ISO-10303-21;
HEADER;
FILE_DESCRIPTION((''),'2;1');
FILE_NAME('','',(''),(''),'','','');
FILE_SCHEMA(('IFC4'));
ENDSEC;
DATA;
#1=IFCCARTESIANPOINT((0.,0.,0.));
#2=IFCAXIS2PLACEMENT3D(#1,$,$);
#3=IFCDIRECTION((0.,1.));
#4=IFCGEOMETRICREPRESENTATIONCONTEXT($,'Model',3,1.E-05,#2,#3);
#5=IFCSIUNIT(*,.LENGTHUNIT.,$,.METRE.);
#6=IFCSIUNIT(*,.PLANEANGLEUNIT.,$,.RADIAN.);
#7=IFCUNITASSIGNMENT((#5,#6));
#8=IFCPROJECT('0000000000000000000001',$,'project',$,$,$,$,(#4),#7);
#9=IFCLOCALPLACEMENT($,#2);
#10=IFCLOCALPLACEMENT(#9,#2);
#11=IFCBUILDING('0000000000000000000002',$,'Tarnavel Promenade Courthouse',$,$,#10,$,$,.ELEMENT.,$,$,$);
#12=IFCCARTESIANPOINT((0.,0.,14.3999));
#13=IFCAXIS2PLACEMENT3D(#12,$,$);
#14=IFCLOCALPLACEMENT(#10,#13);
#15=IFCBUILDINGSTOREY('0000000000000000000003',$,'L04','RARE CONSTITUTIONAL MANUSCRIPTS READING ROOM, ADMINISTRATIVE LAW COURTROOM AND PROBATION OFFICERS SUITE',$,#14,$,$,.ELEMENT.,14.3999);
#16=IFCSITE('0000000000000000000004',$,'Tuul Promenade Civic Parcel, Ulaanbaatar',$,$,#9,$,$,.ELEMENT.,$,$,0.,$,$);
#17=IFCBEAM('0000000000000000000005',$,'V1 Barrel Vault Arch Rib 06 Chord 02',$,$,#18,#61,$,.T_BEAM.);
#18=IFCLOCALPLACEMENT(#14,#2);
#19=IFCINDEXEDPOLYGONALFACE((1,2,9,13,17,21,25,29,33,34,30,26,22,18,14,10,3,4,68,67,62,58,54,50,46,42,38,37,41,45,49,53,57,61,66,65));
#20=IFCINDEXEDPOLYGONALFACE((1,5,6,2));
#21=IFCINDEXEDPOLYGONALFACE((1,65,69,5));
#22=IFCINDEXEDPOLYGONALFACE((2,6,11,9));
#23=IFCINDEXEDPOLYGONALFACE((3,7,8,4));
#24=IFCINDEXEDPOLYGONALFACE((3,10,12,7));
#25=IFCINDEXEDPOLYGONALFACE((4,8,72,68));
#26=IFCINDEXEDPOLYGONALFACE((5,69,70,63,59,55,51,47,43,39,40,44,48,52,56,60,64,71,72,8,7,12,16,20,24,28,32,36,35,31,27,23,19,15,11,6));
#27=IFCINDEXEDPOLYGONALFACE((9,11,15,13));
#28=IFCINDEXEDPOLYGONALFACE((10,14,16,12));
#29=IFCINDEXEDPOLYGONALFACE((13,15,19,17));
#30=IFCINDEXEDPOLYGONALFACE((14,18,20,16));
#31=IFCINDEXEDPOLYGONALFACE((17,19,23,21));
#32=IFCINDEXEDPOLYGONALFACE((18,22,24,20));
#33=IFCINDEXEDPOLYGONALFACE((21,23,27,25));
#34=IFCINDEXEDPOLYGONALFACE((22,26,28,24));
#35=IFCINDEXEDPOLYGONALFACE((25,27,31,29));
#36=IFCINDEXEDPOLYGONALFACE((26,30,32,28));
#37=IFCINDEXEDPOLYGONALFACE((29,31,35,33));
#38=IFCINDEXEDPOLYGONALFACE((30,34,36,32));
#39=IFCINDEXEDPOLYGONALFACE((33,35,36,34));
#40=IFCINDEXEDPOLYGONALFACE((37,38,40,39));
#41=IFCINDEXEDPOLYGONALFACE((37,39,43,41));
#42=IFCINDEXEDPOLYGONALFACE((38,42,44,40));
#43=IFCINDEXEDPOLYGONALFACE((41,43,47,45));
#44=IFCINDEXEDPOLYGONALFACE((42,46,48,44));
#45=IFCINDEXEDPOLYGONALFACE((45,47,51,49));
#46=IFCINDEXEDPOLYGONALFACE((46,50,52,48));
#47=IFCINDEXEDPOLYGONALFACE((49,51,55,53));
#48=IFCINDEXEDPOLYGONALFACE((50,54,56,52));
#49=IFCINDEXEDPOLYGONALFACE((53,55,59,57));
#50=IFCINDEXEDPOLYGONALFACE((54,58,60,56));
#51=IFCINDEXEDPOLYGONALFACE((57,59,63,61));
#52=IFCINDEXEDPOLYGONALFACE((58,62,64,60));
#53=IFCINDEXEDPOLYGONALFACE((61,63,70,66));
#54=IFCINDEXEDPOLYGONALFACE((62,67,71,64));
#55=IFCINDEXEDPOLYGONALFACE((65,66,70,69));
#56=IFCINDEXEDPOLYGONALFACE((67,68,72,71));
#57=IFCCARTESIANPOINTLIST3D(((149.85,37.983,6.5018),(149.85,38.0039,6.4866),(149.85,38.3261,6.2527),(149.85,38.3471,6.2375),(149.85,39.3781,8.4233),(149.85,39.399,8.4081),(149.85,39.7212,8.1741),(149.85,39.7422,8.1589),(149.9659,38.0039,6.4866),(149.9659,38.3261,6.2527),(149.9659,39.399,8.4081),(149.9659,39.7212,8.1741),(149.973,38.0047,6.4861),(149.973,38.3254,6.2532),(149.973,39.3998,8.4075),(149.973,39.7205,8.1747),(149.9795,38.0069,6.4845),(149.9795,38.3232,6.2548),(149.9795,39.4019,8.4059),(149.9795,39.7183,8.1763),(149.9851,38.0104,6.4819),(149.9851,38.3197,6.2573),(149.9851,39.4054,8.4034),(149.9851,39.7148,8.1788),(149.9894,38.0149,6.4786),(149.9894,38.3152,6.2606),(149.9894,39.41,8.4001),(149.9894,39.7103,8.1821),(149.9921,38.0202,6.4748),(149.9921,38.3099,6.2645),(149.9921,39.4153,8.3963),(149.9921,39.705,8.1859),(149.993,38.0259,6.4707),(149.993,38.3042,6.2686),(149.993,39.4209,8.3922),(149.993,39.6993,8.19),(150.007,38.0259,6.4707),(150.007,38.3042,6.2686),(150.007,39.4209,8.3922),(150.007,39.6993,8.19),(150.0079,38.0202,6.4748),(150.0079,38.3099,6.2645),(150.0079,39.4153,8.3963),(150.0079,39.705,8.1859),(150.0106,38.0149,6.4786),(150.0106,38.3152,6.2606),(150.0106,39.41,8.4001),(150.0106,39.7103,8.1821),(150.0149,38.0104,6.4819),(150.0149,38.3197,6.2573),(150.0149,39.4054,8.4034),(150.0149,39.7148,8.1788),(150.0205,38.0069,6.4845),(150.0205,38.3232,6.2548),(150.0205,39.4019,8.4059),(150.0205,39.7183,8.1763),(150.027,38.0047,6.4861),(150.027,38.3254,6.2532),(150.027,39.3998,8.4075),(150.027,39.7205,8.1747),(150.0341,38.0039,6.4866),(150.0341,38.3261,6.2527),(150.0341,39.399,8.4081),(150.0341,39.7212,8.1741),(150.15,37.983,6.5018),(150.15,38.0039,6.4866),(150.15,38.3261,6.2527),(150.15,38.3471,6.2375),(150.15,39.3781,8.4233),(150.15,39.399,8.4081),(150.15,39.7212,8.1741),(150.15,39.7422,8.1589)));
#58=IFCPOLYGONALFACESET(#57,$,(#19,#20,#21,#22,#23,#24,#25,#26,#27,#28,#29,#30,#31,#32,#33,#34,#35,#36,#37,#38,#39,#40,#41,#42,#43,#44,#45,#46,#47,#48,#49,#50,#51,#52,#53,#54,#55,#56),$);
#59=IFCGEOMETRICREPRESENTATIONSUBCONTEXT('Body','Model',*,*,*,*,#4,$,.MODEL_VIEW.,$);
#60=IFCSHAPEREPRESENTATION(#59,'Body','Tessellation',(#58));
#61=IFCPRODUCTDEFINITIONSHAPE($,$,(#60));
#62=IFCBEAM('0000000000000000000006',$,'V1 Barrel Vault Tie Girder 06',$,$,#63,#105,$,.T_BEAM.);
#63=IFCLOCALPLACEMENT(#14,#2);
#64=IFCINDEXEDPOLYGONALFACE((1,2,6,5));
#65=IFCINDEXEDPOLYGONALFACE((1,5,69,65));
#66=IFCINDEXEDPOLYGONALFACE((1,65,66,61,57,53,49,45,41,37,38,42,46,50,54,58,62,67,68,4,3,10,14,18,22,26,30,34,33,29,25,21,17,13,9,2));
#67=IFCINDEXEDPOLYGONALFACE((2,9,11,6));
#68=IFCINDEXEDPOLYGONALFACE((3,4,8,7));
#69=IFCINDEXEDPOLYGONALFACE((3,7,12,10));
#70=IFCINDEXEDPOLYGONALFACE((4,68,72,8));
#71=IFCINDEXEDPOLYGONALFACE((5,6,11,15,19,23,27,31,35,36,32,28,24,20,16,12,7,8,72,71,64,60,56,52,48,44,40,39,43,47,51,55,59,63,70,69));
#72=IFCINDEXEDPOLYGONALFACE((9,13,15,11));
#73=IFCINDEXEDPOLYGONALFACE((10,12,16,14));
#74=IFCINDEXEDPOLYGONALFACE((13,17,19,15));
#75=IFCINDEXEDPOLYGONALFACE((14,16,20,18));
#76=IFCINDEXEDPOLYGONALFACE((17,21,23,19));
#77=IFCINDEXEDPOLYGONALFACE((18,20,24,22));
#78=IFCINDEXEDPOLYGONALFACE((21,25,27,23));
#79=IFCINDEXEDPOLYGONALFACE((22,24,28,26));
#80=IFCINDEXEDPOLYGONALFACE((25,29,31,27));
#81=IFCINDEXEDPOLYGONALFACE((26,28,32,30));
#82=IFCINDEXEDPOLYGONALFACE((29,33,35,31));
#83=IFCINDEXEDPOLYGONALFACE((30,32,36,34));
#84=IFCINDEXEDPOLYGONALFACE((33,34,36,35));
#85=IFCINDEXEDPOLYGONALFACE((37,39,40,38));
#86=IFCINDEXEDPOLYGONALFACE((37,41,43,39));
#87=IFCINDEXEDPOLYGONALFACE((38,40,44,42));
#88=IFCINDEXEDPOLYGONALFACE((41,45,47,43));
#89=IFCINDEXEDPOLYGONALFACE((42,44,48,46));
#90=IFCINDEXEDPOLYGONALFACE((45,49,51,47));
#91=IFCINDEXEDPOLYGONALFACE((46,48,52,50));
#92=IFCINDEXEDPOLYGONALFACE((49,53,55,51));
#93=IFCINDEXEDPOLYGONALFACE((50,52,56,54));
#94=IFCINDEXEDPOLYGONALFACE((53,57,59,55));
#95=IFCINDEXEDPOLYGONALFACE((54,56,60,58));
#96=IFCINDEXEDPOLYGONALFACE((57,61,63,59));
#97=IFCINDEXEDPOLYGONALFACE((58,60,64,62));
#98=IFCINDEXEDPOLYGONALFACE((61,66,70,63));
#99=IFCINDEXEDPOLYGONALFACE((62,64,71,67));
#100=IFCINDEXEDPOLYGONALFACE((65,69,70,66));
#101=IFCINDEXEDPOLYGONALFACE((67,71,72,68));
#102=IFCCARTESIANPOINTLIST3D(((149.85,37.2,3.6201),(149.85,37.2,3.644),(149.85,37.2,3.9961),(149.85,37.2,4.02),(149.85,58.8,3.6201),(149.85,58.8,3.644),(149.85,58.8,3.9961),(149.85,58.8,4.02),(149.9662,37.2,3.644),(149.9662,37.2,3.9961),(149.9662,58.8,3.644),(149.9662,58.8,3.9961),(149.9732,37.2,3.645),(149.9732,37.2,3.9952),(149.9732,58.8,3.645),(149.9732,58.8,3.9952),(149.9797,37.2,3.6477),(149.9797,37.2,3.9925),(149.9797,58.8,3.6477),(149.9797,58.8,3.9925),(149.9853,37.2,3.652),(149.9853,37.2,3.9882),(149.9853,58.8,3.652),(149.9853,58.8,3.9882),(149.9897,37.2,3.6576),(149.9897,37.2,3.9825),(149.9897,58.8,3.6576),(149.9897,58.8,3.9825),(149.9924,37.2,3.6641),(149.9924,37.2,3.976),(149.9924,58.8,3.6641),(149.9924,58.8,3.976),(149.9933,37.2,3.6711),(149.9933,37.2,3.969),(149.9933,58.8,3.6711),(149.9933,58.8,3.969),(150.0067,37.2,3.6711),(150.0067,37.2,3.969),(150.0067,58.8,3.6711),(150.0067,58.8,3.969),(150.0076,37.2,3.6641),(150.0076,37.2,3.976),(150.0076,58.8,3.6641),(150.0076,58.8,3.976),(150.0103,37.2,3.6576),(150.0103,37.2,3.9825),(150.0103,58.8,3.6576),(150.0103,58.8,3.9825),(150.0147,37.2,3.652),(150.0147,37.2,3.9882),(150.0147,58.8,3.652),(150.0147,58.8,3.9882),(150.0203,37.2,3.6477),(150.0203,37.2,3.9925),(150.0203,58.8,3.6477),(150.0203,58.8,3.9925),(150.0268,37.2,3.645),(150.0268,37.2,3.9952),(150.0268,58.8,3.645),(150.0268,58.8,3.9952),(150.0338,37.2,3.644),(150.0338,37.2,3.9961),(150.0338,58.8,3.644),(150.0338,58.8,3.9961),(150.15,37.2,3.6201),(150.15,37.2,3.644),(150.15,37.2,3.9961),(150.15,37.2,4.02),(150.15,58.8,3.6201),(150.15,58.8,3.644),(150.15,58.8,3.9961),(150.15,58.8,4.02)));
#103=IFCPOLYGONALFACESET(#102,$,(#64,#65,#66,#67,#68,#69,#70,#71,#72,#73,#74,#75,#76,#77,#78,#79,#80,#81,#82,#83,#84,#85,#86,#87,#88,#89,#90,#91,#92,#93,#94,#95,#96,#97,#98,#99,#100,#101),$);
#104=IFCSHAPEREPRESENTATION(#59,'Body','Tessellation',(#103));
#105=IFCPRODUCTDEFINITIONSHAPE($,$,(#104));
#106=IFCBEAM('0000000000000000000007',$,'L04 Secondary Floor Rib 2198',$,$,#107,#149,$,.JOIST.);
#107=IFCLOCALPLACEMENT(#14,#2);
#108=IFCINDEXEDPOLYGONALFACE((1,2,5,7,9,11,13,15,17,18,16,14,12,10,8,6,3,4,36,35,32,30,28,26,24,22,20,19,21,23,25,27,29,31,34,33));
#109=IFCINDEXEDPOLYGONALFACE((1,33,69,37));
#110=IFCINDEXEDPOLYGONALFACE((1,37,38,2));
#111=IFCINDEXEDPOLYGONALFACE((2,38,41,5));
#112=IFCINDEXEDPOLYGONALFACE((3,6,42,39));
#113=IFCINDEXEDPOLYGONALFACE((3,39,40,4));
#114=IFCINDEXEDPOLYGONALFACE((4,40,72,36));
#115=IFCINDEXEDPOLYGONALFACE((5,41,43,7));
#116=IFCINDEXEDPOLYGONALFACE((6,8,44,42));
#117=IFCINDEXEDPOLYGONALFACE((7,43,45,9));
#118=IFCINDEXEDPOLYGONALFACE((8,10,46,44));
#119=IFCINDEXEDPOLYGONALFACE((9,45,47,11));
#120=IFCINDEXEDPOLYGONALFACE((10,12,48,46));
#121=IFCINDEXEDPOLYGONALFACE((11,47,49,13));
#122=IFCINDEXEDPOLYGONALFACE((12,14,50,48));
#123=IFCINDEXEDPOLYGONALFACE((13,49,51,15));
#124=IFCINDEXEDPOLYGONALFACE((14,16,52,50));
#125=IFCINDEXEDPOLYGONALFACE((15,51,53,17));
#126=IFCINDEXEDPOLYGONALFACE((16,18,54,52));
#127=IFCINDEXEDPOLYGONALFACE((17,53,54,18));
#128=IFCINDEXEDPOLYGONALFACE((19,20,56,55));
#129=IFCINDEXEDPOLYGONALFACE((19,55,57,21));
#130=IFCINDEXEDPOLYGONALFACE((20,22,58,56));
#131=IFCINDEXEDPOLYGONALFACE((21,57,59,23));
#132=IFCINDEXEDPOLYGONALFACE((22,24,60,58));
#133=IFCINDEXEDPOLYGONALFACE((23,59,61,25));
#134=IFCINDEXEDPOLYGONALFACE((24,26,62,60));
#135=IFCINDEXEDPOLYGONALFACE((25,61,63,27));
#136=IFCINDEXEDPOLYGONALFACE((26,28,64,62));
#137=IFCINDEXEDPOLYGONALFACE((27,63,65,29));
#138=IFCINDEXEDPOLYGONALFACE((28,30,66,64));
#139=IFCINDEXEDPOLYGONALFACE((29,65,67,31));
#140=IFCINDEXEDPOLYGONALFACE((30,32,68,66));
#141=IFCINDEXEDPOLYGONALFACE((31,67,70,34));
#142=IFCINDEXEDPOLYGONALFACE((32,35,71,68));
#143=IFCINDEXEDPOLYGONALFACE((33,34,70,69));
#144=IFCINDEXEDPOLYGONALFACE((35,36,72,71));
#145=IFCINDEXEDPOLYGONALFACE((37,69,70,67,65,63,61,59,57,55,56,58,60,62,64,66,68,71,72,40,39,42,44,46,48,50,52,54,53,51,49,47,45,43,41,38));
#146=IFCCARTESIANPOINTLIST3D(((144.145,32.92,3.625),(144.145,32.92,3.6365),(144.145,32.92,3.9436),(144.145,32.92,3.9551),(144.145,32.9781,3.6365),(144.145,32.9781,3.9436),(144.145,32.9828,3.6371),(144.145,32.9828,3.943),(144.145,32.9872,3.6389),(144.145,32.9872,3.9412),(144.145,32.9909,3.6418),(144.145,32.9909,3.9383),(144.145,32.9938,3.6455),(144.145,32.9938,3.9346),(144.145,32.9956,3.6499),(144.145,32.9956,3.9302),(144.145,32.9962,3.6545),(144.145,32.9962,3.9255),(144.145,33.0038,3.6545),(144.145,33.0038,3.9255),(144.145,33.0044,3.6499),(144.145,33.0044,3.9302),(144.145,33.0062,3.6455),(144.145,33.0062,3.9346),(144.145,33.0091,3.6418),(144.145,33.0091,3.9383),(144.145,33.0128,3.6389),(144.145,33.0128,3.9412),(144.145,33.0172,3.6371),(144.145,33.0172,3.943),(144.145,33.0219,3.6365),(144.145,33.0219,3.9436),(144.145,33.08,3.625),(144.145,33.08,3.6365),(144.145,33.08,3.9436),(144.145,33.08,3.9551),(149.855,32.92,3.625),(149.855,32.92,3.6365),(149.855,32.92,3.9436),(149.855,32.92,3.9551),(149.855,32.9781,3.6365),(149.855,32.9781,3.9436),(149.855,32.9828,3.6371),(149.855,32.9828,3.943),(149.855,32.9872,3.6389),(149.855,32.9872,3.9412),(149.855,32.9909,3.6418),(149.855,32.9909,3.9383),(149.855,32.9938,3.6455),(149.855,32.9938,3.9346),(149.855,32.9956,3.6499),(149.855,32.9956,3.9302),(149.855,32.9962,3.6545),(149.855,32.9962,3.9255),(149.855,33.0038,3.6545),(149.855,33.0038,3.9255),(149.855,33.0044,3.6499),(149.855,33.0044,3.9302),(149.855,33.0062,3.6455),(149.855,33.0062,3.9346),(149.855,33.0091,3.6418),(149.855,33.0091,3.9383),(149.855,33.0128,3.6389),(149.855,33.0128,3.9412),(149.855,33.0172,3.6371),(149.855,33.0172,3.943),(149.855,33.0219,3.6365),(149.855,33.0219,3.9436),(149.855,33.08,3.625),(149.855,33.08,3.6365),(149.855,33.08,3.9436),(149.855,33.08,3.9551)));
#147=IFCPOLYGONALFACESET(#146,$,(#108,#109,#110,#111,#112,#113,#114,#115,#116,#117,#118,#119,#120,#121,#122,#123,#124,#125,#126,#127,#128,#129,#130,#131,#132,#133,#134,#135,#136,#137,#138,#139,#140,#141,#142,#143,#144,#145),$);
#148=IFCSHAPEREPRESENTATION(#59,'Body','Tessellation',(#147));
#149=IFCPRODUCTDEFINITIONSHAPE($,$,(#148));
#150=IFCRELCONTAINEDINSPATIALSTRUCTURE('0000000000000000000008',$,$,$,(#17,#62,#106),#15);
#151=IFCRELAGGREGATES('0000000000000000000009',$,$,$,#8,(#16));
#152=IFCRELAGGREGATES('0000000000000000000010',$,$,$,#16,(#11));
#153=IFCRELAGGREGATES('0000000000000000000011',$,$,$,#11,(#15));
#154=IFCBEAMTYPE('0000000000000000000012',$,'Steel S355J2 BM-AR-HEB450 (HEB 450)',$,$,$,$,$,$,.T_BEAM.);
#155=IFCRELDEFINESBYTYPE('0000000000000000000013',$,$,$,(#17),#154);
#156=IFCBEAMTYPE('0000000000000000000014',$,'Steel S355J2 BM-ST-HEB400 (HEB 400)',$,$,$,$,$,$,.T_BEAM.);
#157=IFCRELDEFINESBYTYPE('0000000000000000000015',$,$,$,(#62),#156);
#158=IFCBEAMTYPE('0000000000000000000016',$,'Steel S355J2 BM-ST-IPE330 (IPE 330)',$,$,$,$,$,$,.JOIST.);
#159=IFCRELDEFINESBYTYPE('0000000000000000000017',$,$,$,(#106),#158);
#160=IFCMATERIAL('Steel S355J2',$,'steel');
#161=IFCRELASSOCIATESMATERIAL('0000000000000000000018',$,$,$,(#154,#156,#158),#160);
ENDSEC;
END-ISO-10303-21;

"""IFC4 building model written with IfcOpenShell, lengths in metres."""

from ifc_helpers import new_model, si_unit, direction, frame, origin, origin_2d, place, context, subcontext, project, spatial, i_section, extrude, material, material_profile, profile_set, type_object, element, save


model = new_model("IFC4")

# Units and contexts
model_context = context("Model", 3, precision=1e-05, world=origin(), true_north=direction((0.0, 1.0)))
body_context = subcontext(model_context, "Body", "Model", "MODEL_VIEW")
ifc_project = project(units=[si_unit("LENGTHUNIT", "METRE"), si_unit("PLANEANGLEUNIT", "RADIAN")], contexts=[model_context])

# Site, building, storey
site_placement = place(None, origin())
site = spatial("IfcSite", under=ifc_project, at=site_placement, Name="Tuul Promenade Civic Parcel, Ulaanbaatar", CompositionType="ELEMENT", RefElevation=0.0)
building_placement = place(site_placement, origin())
building = spatial("IfcBuilding", under=site, at=building_placement, Name="Tarnavel Promenade Courthouse", CompositionType="ELEMENT")
storey_placement = place(building_placement, frame((0.0, 0.0, 14.3999)))
storey = spatial("IfcBuildingStorey", under=building, at=storey_placement, Name="L04", Description="RARE CONSTITUTIONAL MANUSCRIPTS READING ROOM, ADMINISTRATIVE LAW COURTROOM AND PROBATION OFFICERS SUITE", CompositionType="ELEMENT", Elevation=14.3999)

# Beams
ifc_material_1 = material(Name="Steel S355J2", Category="steel")
ifc_material_profile_1 = material_profile(ifc_material_1, i_section(OverallWidth=0.3, OverallDepth=0.45, WebThickness=0.0139, FlangeThickness=0.0259, FilletRadius=0.0271, at=origin_2d()), Name="HEB 450")
ifc_profile_set_1 = profile_set([ifc_material_profile_1], Name="Steel S355J2")
beam_type_1 = type_object("IfcBeamType", Name="Steel S355J2 BM-AR-HEB450 (HEB 450)", PredefinedType="T_BEAM", material=ifc_profile_set_1)
for number, where, z_axis, x_axis, name in (
    (1, (150.0, 38.165, 6.3696), (0.0, 0.587523, 0.809207), (-1.0, 0.0, 0.0), "V1 Barrel Vault Arch Rib 06 Chord 02"),
):
    element("IfcBeam", number, at=place(storey_placement, frame(where, z_axis=z_axis, x_axis=x_axis)), inside=storey, type_object=beam_type_1, Name=name, PredefinedType="T_BEAM", context=body_context, shape_type="SweptSolid", body=[
        extrude(i_section(OverallWidth=0.3, OverallDepth=0.45, WebThickness=0.0139, FlangeThickness=0.0259, FilletRadius=0.0271, at=origin_2d()), origin(), (0.0, 0.0, 1.0), 2.3745),
    ])
ifc_material_profile_2 = material_profile(ifc_material_1, i_section(OverallWidth=0.3, OverallDepth=0.3999, WebThickness=0.0134, FlangeThickness=0.0239, FilletRadius=0.0271, at=origin_2d()), Name="HEB 400")
ifc_profile_set_2 = profile_set([ifc_material_profile_2], Name="Steel S355J2")
beam_type_2 = type_object("IfcBeamType", Name="Steel S355J2 BM-ST-HEB400 (HEB 400)", PredefinedType="T_BEAM", material=ifc_profile_set_2)
beam_1_placement = place(storey_placement, frame((150.0, 37.2, 3.8201), z_axis=(0.0, 1.0, 0.0), x_axis=(-1.0, 0.0, 0.0)))
element("IfcBeam", 2, at=beam_1_placement, inside=storey, type_object=beam_type_2, Name="V1 Barrel Vault Tie Girder 06", PredefinedType="T_BEAM", context=body_context, shape_type="SweptSolid", body=[
    extrude(i_section(OverallWidth=0.3, OverallDepth=0.3999, WebThickness=0.0134, FlangeThickness=0.0239, FilletRadius=0.0271, at=origin_2d()), origin(), (0.0, 0.0, 1.0), 21.6001),
])
ifc_material_profile_3 = material_profile(ifc_material_1, i_section(OverallWidth=0.1599, OverallDepth=0.3301, WebThickness=0.0076, FlangeThickness=0.0115, FilletRadius=0.0181, at=origin_2d()), Name="IPE 330")
ifc_profile_set_3 = profile_set([ifc_material_profile_3], Name="Steel S355J2")
beam_type_3 = type_object("IfcBeamType", Name="Steel S355J2 BM-ST-IPE330 (IPE 330)", PredefinedType="JOIST", material=ifc_profile_set_3)
beam_2_placement = place(storey_placement, frame((144.145, 33.0, 3.79), z_axis=(1.0, 0.0, 0.0), x_axis=(0.0, 1.0, 0.0)))
element("IfcBeam", 3, at=beam_2_placement, inside=storey, type_object=beam_type_3, Name="L04 Secondary Floor Rib 2198", PredefinedType="JOIST", context=body_context, shape_type="SweptSolid", body=[
    extrude(i_section(OverallWidth=0.1599, OverallDepth=0.3301, WebThickness=0.0076, FlangeThickness=0.0115, FilletRadius=0.0181, at=origin_2d()), origin(), (0.0, 0.0, 1.0), 5.71),
])

save(model, "model.ifc")
